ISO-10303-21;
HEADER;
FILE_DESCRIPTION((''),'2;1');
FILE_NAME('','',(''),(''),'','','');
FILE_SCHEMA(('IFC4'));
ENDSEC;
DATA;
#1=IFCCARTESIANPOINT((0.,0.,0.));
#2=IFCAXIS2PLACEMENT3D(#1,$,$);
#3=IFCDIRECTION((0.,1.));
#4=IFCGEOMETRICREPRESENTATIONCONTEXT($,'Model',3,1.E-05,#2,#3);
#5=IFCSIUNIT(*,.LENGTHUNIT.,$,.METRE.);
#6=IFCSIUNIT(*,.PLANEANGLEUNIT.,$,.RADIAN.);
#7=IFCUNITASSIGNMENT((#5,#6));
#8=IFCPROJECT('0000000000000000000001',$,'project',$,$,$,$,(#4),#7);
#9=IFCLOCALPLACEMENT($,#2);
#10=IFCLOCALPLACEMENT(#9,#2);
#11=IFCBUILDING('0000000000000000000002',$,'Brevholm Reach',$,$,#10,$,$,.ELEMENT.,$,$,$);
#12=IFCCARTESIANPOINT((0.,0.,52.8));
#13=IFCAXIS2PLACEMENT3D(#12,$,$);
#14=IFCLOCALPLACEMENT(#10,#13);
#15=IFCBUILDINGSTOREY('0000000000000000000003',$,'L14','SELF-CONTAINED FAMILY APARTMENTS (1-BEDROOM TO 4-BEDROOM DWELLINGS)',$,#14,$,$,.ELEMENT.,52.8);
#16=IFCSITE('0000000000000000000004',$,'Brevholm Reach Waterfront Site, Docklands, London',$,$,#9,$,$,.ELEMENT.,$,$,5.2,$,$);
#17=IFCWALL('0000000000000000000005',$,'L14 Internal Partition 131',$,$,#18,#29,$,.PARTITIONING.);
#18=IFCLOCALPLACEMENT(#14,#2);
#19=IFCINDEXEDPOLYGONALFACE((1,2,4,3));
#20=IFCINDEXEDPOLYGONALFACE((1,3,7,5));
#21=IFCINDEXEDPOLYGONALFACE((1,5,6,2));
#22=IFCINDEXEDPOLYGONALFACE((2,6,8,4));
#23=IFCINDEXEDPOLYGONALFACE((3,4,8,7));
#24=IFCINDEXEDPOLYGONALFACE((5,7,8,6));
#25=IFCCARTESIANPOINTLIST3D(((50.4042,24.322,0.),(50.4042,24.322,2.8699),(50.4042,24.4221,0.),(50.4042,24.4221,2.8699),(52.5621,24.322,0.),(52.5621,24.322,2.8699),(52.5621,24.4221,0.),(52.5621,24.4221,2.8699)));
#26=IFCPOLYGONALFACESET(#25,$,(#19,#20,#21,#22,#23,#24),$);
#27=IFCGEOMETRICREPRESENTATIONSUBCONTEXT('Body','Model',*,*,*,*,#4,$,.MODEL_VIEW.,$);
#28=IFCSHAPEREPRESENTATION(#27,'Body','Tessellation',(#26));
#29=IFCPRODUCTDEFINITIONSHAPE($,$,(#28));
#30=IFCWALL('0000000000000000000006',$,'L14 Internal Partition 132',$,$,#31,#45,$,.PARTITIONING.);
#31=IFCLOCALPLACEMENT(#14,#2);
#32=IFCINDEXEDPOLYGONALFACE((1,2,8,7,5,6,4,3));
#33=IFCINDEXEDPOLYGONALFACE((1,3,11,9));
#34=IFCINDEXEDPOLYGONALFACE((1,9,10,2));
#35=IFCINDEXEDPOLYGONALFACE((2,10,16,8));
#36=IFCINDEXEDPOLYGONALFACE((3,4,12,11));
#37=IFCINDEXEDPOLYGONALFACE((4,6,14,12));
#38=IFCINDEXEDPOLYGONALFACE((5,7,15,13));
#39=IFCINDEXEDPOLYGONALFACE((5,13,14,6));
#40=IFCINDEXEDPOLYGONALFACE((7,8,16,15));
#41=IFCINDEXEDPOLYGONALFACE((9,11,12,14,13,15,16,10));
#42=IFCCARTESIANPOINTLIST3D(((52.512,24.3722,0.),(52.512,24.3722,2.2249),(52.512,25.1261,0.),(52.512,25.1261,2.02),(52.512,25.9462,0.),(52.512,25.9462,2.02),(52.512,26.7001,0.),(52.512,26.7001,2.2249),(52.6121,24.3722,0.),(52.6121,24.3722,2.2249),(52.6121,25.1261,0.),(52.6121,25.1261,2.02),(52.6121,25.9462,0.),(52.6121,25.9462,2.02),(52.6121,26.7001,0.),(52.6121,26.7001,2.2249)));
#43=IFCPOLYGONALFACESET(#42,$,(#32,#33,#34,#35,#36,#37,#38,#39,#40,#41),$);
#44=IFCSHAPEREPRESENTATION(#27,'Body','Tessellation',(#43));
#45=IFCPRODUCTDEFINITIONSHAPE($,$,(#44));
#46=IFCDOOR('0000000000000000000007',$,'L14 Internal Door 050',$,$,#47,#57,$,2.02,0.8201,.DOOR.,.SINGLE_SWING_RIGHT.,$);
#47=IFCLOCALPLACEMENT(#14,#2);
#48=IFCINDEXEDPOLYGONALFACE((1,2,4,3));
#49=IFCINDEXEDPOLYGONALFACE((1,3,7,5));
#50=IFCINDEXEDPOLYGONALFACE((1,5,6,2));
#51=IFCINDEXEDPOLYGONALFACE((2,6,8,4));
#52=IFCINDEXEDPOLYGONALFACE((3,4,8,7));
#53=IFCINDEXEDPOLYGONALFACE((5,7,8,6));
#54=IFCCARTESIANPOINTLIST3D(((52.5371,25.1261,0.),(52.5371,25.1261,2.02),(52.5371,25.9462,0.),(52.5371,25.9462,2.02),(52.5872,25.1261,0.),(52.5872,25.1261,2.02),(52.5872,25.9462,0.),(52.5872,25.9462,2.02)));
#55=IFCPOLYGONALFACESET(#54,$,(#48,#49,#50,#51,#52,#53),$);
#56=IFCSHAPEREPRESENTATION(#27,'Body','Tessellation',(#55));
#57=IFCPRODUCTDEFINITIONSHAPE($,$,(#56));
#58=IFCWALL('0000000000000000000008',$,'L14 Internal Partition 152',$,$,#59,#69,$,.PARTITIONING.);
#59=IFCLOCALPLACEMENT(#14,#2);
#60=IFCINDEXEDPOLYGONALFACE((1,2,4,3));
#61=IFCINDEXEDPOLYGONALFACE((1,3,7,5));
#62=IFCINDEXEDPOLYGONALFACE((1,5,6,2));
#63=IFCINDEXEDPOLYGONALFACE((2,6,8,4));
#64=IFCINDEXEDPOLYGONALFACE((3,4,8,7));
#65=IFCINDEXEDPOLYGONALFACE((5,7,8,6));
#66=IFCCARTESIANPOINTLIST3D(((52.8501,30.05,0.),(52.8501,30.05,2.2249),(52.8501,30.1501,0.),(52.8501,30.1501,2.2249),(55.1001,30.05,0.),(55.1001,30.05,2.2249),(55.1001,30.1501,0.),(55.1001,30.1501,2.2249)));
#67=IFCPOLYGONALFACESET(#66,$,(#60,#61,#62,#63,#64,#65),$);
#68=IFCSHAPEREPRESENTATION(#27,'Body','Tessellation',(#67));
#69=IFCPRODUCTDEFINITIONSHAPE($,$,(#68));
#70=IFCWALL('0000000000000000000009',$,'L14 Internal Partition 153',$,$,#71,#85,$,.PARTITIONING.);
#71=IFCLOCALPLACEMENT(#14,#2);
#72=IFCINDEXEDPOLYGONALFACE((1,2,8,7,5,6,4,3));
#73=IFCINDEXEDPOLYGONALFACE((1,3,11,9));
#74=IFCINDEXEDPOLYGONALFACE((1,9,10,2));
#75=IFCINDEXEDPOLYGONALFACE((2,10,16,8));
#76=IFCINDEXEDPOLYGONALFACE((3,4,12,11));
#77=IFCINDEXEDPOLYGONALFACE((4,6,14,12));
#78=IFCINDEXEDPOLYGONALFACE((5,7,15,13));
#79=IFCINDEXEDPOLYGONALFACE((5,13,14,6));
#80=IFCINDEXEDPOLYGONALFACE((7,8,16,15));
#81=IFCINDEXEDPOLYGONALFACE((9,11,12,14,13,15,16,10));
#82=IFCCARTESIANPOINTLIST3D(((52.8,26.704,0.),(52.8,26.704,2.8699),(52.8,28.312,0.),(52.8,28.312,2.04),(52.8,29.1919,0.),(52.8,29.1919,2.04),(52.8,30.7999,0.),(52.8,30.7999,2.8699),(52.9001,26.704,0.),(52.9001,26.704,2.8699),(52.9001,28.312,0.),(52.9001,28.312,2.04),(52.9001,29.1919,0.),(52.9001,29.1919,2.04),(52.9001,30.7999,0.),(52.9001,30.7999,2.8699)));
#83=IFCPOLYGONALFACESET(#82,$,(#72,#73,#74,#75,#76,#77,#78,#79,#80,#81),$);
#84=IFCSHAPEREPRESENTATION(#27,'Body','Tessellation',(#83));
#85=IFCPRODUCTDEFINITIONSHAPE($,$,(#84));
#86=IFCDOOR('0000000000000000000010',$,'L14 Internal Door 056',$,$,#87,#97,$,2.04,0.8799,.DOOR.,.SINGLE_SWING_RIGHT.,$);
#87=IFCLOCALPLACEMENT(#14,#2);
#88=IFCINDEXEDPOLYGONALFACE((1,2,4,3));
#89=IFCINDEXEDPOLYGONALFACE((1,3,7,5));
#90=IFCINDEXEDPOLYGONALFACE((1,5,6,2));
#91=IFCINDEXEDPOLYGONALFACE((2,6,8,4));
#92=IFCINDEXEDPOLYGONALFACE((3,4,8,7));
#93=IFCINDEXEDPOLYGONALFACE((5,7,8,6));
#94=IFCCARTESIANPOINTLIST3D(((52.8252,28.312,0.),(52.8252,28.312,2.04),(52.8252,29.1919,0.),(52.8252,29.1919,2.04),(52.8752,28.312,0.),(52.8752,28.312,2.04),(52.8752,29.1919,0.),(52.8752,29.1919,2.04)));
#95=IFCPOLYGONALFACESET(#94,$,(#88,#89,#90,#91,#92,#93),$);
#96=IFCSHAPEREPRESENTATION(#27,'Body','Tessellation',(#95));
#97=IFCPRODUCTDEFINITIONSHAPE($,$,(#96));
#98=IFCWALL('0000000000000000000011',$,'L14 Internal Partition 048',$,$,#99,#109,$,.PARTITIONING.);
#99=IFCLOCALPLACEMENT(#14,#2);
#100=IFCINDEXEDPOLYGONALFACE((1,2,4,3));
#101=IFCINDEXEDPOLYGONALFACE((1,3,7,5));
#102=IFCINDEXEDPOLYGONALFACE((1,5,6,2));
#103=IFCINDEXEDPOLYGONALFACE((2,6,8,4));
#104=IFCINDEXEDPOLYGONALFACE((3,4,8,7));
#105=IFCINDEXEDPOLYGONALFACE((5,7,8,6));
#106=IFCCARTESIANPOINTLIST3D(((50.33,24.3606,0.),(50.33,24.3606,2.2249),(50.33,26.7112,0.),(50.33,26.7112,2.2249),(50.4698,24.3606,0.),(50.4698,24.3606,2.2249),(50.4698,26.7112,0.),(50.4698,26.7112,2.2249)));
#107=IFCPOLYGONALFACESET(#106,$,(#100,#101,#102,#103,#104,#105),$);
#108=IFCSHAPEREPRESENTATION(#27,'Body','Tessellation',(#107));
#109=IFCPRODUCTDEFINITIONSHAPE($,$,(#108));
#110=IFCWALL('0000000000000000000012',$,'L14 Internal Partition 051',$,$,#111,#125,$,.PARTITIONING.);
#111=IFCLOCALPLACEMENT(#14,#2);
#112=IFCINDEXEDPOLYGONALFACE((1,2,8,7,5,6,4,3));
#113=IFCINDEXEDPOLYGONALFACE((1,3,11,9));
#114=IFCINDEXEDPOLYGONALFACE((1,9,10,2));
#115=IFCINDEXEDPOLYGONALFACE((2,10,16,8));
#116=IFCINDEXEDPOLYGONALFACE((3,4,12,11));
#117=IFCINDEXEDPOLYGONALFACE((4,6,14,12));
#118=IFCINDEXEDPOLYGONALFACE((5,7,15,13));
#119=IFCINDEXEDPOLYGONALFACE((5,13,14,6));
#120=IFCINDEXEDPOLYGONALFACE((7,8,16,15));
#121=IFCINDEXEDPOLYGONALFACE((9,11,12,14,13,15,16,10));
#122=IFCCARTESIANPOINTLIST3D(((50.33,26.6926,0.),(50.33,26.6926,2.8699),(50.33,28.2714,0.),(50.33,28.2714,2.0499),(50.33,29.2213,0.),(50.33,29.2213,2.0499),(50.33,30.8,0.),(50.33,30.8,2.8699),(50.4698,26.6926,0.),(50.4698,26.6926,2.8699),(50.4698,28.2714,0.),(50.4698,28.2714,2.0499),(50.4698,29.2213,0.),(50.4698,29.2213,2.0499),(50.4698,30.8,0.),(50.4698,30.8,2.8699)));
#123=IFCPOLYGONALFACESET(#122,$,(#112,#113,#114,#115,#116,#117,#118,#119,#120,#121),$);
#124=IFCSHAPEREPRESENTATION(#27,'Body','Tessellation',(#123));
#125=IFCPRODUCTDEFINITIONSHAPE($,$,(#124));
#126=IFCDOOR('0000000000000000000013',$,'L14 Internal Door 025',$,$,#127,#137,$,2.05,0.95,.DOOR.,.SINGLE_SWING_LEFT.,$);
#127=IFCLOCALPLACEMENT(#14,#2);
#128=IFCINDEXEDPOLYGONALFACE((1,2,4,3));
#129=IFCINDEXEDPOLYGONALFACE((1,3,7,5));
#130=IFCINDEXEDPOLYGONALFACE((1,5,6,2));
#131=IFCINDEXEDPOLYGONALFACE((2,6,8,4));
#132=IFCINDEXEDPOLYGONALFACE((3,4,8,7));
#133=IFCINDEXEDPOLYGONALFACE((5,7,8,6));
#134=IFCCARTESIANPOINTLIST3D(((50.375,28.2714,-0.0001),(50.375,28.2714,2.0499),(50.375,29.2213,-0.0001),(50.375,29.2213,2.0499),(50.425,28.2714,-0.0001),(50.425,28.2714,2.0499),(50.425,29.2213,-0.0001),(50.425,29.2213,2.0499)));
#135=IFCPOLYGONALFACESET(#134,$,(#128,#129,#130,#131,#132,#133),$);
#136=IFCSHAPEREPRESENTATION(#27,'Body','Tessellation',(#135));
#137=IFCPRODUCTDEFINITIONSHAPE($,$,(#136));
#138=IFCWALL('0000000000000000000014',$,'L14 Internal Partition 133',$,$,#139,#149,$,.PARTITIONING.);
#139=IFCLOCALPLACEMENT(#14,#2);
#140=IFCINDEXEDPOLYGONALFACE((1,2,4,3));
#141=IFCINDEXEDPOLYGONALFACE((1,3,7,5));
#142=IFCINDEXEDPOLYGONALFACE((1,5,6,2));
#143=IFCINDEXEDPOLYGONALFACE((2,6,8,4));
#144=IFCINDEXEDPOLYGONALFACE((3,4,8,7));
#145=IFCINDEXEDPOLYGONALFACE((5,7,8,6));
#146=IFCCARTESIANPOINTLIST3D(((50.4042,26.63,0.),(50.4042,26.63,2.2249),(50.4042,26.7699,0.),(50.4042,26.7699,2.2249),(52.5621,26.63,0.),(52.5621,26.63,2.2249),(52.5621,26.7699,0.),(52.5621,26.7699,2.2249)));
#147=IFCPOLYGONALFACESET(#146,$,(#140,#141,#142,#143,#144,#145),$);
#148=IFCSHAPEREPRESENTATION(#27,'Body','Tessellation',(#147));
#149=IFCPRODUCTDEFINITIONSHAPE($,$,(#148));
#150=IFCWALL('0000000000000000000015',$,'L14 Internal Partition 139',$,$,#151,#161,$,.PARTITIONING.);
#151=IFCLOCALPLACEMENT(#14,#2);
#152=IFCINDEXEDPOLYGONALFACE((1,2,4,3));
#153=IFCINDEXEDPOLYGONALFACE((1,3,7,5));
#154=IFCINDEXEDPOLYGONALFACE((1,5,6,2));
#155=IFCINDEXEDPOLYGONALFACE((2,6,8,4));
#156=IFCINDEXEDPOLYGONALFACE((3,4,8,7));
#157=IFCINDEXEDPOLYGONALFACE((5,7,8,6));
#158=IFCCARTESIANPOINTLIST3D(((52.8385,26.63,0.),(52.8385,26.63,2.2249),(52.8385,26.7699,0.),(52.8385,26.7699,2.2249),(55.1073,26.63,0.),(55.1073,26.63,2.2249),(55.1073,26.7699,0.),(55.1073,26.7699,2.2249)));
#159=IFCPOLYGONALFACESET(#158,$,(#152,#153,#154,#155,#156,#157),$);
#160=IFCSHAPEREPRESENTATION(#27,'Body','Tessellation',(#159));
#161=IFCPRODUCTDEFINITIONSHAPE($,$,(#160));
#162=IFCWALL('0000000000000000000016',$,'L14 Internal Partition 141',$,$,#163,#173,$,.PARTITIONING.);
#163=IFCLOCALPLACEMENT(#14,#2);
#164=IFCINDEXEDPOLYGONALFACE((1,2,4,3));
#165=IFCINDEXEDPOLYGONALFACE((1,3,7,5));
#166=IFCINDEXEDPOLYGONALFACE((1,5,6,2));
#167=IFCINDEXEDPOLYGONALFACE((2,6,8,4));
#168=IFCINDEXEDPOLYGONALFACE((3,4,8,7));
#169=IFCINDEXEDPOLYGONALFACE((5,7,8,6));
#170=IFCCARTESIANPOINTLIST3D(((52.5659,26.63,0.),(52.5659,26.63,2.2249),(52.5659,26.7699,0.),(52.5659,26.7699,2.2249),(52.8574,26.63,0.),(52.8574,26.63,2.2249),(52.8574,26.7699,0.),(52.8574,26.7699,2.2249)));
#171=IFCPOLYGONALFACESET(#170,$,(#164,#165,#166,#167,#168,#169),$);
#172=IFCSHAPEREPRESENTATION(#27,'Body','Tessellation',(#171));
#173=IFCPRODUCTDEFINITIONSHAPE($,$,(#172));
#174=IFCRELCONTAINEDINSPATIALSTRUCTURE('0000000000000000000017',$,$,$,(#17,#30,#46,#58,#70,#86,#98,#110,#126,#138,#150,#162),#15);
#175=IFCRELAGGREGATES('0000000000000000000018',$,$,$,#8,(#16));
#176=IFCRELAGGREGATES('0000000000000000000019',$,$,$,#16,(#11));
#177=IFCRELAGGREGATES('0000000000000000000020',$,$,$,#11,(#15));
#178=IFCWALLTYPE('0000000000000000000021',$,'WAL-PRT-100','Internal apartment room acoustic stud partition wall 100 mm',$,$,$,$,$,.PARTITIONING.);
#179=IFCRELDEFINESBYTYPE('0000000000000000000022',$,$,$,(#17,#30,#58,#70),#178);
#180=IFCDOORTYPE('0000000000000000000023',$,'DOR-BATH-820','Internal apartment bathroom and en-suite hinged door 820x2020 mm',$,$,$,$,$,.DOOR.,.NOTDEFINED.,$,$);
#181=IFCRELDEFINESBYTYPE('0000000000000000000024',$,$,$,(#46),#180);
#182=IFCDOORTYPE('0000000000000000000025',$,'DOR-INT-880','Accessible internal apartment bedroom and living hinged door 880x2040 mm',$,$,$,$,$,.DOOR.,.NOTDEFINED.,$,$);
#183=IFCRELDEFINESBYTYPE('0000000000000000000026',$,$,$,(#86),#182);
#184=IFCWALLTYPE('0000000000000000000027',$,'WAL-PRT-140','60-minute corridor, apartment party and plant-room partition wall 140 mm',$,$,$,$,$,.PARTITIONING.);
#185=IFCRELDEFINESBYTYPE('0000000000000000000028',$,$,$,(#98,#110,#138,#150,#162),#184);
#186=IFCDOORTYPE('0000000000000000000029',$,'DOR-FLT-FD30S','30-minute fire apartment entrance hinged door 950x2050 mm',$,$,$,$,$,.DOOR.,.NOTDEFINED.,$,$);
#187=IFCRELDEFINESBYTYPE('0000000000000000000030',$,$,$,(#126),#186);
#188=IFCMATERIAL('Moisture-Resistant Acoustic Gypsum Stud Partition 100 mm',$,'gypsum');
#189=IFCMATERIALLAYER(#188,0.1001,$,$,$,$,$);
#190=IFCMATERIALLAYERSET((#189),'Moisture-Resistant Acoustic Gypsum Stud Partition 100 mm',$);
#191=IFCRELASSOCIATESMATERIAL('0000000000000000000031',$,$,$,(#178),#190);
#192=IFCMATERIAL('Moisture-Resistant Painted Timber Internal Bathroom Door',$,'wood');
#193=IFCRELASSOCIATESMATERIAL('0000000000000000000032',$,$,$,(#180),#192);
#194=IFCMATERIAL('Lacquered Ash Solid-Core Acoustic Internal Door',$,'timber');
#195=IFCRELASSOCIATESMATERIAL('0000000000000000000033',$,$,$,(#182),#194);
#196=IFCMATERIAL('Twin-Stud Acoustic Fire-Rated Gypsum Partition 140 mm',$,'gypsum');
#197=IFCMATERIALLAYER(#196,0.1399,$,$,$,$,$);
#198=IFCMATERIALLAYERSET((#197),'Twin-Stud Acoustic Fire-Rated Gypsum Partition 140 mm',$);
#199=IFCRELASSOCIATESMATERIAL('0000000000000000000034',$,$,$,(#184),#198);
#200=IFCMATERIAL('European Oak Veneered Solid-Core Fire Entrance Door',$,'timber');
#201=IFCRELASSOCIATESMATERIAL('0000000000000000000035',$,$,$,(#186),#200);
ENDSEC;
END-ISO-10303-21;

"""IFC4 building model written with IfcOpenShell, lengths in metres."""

from ifc_helpers import new_model, si_unit, direction, frame, frame_2d, origin, place, context, subcontext, project, spatial, rectangle, extrude, material, layer, layer_set, type_object, element, fill, save


model = new_model("IFC4")

# Units and contexts
model_context = context("Model", 3, precision=1e-05, world=origin(), true_north=direction((0.0, 1.0)))
body_context = subcontext(model_context, "Body", "Model", "MODEL_VIEW")
ifc_project = project(units=[si_unit("LENGTHUNIT", "METRE"), si_unit("PLANEANGLEUNIT", "RADIAN")], contexts=[model_context])

# Site, building, storey
site_placement = place(None, origin())
site = spatial("IfcSite", under=ifc_project, at=site_placement, Name="Brevholm Reach Waterfront Site, Docklands, London", CompositionType="ELEMENT", RefElevation=5.2)
building_placement = place(site_placement, origin())
building = spatial("IfcBuilding", under=site, at=building_placement, Name="Brevholm Reach", CompositionType="ELEMENT")
storey_placement = place(building_placement, frame((0.0, 0.0, 52.8)))
storey = spatial("IfcBuildingStorey", under=building, at=storey_placement, Name="L14", Description="SELF-CONTAINED FAMILY APARTMENTS (1-BEDROOM TO 4-BEDROOM DWELLINGS)", CompositionType="ELEMENT", Elevation=52.8)

# Wall
ifc_material_1 = material(Name="Moisture-Resistant Acoustic Gypsum Stud Partition 100 mm", Category="gypsum")
ifc_layer_1 = layer(ifc_material_1, 0.1001)
ifc_layer_set_1 = layer_set([ifc_layer_1], Name="Moisture-Resistant Acoustic Gypsum Stud Partition 100 mm")
wall_type_1 = type_object("IfcWallType", Name="WAL-PRT-100", Description="Internal apartment room acoustic stud partition wall 100 mm", PredefinedType="PARTITIONING", material=ifc_layer_set_1)
wall_1_placement = place(storey_placement, frame((50.4041, 24.3721, 0.0), z_axis=(0.0, 0.0, 1.0), x_axis=(1.0, 0.0, 0.0)))
element("IfcWall", 1, at=wall_1_placement, inside=storey, type_object=wall_type_1, Name="L14 Internal Partition 131", PredefinedType="PARTITIONING", context=body_context, shape_type="SweptSolid", body=[
    extrude(rectangle(XDim=2.158, YDim=0.1001, at=frame_2d((1.0791, 0.0))), origin(), (0.0, 0.0, 1.0), 2.8699),
])

# Wall, opening, door
wall_2_placement = place(storey_placement, frame((52.562, 24.3721, 0.0), z_axis=(0.0, 0.0, 1.0), x_axis=(0.0, 1.0, 0.0)))
wall_2 = element("IfcWall", 2, at=wall_2_placement, inside=storey, type_object=wall_type_1, Name="L14 Internal Partition 132", PredefinedType="PARTITIONING", context=body_context, shape_type="SweptSolid", body=[
    extrude(rectangle(XDim=2.3279, YDim=0.1001, at=frame_2d((1.1641, 0.0))), origin(), (0.0, 0.0, 1.0), 2.2249),
])
opening_1_placement = place(wall_2_placement, frame((0.7539, 0.0, 0.0)))
opening_1 = element("IfcOpeningElement", 3, at=opening_1_placement, cuts=wall_2, PredefinedType="OPENING", context=body_context, shape_type="SweptSolid", body=[
    extrude(rectangle(XDim=0.8201, YDim=2.02, at=frame_2d((0.4102, 1.01))), frame((0.0, 0.0601, 0.0), z_axis=(0.0, -1.0, 0.0), x_axis=(1.0, 0.0, 0.0)), (0.0, 0.0, 1.0), 0.1201),
])
ifc_material_2 = material(Name="Moisture-Resistant Painted Timber Internal Bathroom Door", Category="wood")
door_type_1 = type_object("IfcDoorType", Name="DOR-BATH-820", Description="Internal apartment bathroom and en-suite hinged door 820x2020 mm", OperationType="NOTDEFINED", PredefinedType="DOOR", material=ifc_material_2)
door_1_placement = place(opening_1_placement, origin())
door_1 = element("IfcDoor", 4, at=door_1_placement, inside=storey, type_object=door_type_1, Name="L14 Internal Door 050", OperationType="SINGLE_SWING_RIGHT", OverallHeight=2.02, OverallWidth=0.8201, PredefinedType="DOOR", context=body_context, shape_type="SweptSolid", body=[
    extrude(rectangle(XDim=0.8201, YDim=2.02, at=frame_2d((0.4102, 1.01))), frame((0.0, 0.0249, 0.0), z_axis=(0.0, -1.0, 0.0), x_axis=(1.0, 0.0, 0.0)), (0.0, 0.0, 1.0), 0.05),
])
fill(opening_1, door_1)

# Wall
wall_3_placement = place(storey_placement, frame((52.8501, 30.1001, 0.0), z_axis=(0.0, 0.0, 1.0), x_axis=(1.0, 0.0, 0.0)))
element("IfcWall", 5, at=wall_3_placement, inside=storey, type_object=wall_type_1, Name="L14 Internal Partition 152", PredefinedType="PARTITIONING", context=body_context, shape_type="SweptSolid", body=[
    extrude(rectangle(XDim=2.25, YDim=0.1001, at=frame_2d((1.125, 0.0))), origin(), (0.0, 0.0, 1.0), 2.2249),
])

# Wall, opening, door
wall_4_placement = place(storey_placement, frame((52.8501, 26.7041, 0.0), z_axis=(0.0, 0.0, 1.0), x_axis=(0.0, 1.0, 0.0)))
wall_4 = element("IfcWall", 6, at=wall_4_placement, inside=storey, type_object=wall_type_1, Name="L14 Internal Partition 153", PredefinedType="PARTITIONING", context=body_context, shape_type="SweptSolid", body=[
    extrude(rectangle(XDim=4.0959, YDim=0.1001, at=frame_2d((2.0479, 0.0))), origin(), (0.0, 0.0, 1.0), 2.8699),
])
opening_2_placement = place(wall_4_placement, frame((1.6079, 0.0, 0.0)))
opening_2 = element("IfcOpeningElement", 7, at=opening_2_placement, cuts=wall_4, PredefinedType="OPENING", context=body_context, shape_type="SweptSolid", body=[
    extrude(rectangle(XDim=0.8799, YDim=2.04, at=frame_2d((0.4399, 1.02))), frame((0.0, 0.0601, 0.0), z_axis=(0.0, -1.0, 0.0), x_axis=(1.0, 0.0, 0.0)), (0.0, 0.0, 1.0), 0.1201),
])
ifc_material_3 = material(Name="Lacquered Ash Solid-Core Acoustic Internal Door", Category="timber")
door_type_2 = type_object("IfcDoorType", Name="DOR-INT-880", Description="Accessible internal apartment bedroom and living hinged door 880x2040 mm", OperationType="NOTDEFINED", PredefinedType="DOOR", material=ifc_material_3)
door_2_placement = place(opening_2_placement, origin())
door_2 = element("IfcDoor", 8, at=door_2_placement, inside=storey, type_object=door_type_2, Name="L14 Internal Door 056", OperationType="SINGLE_SWING_RIGHT", OverallHeight=2.04, OverallWidth=0.8799, PredefinedType="DOOR", context=body_context, shape_type="SweptSolid", body=[
    extrude(rectangle(XDim=0.8799, YDim=2.04, at=frame_2d((0.4399, 1.02))), frame((0.0, 0.0249, 0.0), z_axis=(0.0, -1.0, 0.0), x_axis=(1.0, 0.0, 0.0)), (0.0, 0.0, 1.0), 0.05),
])
fill(opening_2, door_2)

# Wall
ifc_material_4 = material(Name="Twin-Stud Acoustic Fire-Rated Gypsum Partition 140 mm", Category="gypsum")
ifc_layer_2 = layer(ifc_material_4, 0.1399)
ifc_layer_set_2 = layer_set([ifc_layer_2], Name="Twin-Stud Acoustic Fire-Rated Gypsum Partition 140 mm")
wall_type_2 = type_object("IfcWallType", Name="WAL-PRT-140", Description="60-minute corridor, apartment party and plant-room partition wall 140 mm", PredefinedType="PARTITIONING", material=ifc_layer_set_2)
wall_5_placement = place(storey_placement, frame((50.3999, 24.3606, 0.0), z_axis=(0.0, 0.0, 1.0), x_axis=(0.0, 1.0, 0.0)))
element("IfcWall", 9, at=wall_5_placement, inside=storey, type_object=wall_type_2, Name="L14 Internal Partition 048", PredefinedType="PARTITIONING", context=body_context, shape_type="SweptSolid", body=[
    extrude(rectangle(XDim=2.3506, YDim=0.1399, at=frame_2d((1.1753, 0.0))), origin(), (0.0, 0.0, 1.0), 2.2249),
])

# Wall, opening, door
wall_6_placement = place(storey_placement, frame((50.3999, 26.6926, 0.0), z_axis=(0.0, 0.0, 1.0), x_axis=(0.0, 1.0, 0.0)))
wall_6 = element("IfcWall", 10, at=wall_6_placement, inside=storey, type_object=wall_type_2, Name="L14 Internal Partition 051", PredefinedType="PARTITIONING", context=body_context, shape_type="SweptSolid", body=[
    extrude(rectangle(XDim=4.1074, YDim=0.1399, at=frame_2d((2.0537, 0.0))), origin(), (0.0, 0.0, 1.0), 2.8699),
])
opening_3_placement = place(wall_6_placement, frame((1.5786, 0.0, 0.0)))
opening_3 = element("IfcOpeningElement", 11, at=opening_3_placement, cuts=wall_6, PredefinedType="OPENING", context=body_context, shape_type="SweptSolid", body=[
    extrude(rectangle(XDim=0.95, YDim=2.05, at=frame_2d((0.4751, 1.0249))), frame((0.0, 0.0798, 0.0), z_axis=(0.0, -1.0, 0.0), x_axis=(1.0, 0.0, 0.0)), (0.0, 0.0, 1.0), 0.1599),
])
ifc_material_5 = material(Name="European Oak Veneered Solid-Core Fire Entrance Door", Category="timber")
door_type_3 = type_object("IfcDoorType", Name="DOR-FLT-FD30S", Description="30-minute fire apartment entrance hinged door 950x2050 mm", OperationType="NOTDEFINED", PredefinedType="DOOR", material=ifc_material_5)
door_3_placement = place(opening_3_placement, origin())
door_3 = element("IfcDoor", 12, at=door_3_placement, inside=storey, type_object=door_type_3, Name="L14 Internal Door 025", OperationType="SINGLE_SWING_LEFT", OverallHeight=2.05, OverallWidth=0.95, PredefinedType="DOOR", context=body_context, shape_type="SweptSolid", body=[
    extrude(rectangle(XDim=0.95, YDim=2.05, at=frame_2d((0.4751, 1.0249))), frame((0.0, 0.0249, 0.0), z_axis=(0.0, -1.0, 0.0), x_axis=(1.0, 0.0, 0.0)), (0.0, 0.0, 1.0), 0.05),
])
fill(opening_3, door_3)

# Walls
wall_7_placement = place(storey_placement, frame((50.4041, 26.7, 0.0), z_axis=(0.0, 0.0, 1.0), x_axis=(1.0, 0.0, 0.0)))
element("IfcWall", 13, at=wall_7_placement, inside=storey, type_object=wall_type_2, Name="L14 Internal Partition 133", PredefinedType="PARTITIONING", context=body_context, shape_type="SweptSolid", body=[
    extrude(rectangle(XDim=2.158, YDim=0.1399, at=frame_2d((1.0791, 0.0))), origin(), (0.0, 0.0, 1.0), 2.2249),
])
wall_8_placement = place(storey_placement, frame((52.8386, 26.7, 0.0), z_axis=(0.0, 0.0, 1.0), x_axis=(1.0, 0.0, 0.0)))
element("IfcWall", 14, at=wall_8_placement, inside=storey, type_object=wall_type_2, Name="L14 Internal Partition 139", PredefinedType="PARTITIONING", context=body_context, shape_type="SweptSolid", body=[
    extrude(rectangle(XDim=2.2688, YDim=0.1399, at=frame_2d((1.1343, 0.0))), origin(), (0.0, 0.0, 1.0), 2.2249),
])
wall_9_placement = place(storey_placement, frame((52.5659, 26.7, 0.0), z_axis=(0.0, 0.0, 1.0), x_axis=(1.0, 0.0, 0.0)))
element("IfcWall", 15, at=wall_9_placement, inside=storey, type_object=wall_type_2, Name="L14 Internal Partition 141", PredefinedType="PARTITIONING", context=body_context, shape_type="SweptSolid", body=[
    extrude(rectangle(XDim=0.2915, YDim=0.1399, at=frame_2d((0.1458, 0.0))), origin(), (0.0, 0.0, 1.0), 2.2249),
])

save(model, "model.ifc")
